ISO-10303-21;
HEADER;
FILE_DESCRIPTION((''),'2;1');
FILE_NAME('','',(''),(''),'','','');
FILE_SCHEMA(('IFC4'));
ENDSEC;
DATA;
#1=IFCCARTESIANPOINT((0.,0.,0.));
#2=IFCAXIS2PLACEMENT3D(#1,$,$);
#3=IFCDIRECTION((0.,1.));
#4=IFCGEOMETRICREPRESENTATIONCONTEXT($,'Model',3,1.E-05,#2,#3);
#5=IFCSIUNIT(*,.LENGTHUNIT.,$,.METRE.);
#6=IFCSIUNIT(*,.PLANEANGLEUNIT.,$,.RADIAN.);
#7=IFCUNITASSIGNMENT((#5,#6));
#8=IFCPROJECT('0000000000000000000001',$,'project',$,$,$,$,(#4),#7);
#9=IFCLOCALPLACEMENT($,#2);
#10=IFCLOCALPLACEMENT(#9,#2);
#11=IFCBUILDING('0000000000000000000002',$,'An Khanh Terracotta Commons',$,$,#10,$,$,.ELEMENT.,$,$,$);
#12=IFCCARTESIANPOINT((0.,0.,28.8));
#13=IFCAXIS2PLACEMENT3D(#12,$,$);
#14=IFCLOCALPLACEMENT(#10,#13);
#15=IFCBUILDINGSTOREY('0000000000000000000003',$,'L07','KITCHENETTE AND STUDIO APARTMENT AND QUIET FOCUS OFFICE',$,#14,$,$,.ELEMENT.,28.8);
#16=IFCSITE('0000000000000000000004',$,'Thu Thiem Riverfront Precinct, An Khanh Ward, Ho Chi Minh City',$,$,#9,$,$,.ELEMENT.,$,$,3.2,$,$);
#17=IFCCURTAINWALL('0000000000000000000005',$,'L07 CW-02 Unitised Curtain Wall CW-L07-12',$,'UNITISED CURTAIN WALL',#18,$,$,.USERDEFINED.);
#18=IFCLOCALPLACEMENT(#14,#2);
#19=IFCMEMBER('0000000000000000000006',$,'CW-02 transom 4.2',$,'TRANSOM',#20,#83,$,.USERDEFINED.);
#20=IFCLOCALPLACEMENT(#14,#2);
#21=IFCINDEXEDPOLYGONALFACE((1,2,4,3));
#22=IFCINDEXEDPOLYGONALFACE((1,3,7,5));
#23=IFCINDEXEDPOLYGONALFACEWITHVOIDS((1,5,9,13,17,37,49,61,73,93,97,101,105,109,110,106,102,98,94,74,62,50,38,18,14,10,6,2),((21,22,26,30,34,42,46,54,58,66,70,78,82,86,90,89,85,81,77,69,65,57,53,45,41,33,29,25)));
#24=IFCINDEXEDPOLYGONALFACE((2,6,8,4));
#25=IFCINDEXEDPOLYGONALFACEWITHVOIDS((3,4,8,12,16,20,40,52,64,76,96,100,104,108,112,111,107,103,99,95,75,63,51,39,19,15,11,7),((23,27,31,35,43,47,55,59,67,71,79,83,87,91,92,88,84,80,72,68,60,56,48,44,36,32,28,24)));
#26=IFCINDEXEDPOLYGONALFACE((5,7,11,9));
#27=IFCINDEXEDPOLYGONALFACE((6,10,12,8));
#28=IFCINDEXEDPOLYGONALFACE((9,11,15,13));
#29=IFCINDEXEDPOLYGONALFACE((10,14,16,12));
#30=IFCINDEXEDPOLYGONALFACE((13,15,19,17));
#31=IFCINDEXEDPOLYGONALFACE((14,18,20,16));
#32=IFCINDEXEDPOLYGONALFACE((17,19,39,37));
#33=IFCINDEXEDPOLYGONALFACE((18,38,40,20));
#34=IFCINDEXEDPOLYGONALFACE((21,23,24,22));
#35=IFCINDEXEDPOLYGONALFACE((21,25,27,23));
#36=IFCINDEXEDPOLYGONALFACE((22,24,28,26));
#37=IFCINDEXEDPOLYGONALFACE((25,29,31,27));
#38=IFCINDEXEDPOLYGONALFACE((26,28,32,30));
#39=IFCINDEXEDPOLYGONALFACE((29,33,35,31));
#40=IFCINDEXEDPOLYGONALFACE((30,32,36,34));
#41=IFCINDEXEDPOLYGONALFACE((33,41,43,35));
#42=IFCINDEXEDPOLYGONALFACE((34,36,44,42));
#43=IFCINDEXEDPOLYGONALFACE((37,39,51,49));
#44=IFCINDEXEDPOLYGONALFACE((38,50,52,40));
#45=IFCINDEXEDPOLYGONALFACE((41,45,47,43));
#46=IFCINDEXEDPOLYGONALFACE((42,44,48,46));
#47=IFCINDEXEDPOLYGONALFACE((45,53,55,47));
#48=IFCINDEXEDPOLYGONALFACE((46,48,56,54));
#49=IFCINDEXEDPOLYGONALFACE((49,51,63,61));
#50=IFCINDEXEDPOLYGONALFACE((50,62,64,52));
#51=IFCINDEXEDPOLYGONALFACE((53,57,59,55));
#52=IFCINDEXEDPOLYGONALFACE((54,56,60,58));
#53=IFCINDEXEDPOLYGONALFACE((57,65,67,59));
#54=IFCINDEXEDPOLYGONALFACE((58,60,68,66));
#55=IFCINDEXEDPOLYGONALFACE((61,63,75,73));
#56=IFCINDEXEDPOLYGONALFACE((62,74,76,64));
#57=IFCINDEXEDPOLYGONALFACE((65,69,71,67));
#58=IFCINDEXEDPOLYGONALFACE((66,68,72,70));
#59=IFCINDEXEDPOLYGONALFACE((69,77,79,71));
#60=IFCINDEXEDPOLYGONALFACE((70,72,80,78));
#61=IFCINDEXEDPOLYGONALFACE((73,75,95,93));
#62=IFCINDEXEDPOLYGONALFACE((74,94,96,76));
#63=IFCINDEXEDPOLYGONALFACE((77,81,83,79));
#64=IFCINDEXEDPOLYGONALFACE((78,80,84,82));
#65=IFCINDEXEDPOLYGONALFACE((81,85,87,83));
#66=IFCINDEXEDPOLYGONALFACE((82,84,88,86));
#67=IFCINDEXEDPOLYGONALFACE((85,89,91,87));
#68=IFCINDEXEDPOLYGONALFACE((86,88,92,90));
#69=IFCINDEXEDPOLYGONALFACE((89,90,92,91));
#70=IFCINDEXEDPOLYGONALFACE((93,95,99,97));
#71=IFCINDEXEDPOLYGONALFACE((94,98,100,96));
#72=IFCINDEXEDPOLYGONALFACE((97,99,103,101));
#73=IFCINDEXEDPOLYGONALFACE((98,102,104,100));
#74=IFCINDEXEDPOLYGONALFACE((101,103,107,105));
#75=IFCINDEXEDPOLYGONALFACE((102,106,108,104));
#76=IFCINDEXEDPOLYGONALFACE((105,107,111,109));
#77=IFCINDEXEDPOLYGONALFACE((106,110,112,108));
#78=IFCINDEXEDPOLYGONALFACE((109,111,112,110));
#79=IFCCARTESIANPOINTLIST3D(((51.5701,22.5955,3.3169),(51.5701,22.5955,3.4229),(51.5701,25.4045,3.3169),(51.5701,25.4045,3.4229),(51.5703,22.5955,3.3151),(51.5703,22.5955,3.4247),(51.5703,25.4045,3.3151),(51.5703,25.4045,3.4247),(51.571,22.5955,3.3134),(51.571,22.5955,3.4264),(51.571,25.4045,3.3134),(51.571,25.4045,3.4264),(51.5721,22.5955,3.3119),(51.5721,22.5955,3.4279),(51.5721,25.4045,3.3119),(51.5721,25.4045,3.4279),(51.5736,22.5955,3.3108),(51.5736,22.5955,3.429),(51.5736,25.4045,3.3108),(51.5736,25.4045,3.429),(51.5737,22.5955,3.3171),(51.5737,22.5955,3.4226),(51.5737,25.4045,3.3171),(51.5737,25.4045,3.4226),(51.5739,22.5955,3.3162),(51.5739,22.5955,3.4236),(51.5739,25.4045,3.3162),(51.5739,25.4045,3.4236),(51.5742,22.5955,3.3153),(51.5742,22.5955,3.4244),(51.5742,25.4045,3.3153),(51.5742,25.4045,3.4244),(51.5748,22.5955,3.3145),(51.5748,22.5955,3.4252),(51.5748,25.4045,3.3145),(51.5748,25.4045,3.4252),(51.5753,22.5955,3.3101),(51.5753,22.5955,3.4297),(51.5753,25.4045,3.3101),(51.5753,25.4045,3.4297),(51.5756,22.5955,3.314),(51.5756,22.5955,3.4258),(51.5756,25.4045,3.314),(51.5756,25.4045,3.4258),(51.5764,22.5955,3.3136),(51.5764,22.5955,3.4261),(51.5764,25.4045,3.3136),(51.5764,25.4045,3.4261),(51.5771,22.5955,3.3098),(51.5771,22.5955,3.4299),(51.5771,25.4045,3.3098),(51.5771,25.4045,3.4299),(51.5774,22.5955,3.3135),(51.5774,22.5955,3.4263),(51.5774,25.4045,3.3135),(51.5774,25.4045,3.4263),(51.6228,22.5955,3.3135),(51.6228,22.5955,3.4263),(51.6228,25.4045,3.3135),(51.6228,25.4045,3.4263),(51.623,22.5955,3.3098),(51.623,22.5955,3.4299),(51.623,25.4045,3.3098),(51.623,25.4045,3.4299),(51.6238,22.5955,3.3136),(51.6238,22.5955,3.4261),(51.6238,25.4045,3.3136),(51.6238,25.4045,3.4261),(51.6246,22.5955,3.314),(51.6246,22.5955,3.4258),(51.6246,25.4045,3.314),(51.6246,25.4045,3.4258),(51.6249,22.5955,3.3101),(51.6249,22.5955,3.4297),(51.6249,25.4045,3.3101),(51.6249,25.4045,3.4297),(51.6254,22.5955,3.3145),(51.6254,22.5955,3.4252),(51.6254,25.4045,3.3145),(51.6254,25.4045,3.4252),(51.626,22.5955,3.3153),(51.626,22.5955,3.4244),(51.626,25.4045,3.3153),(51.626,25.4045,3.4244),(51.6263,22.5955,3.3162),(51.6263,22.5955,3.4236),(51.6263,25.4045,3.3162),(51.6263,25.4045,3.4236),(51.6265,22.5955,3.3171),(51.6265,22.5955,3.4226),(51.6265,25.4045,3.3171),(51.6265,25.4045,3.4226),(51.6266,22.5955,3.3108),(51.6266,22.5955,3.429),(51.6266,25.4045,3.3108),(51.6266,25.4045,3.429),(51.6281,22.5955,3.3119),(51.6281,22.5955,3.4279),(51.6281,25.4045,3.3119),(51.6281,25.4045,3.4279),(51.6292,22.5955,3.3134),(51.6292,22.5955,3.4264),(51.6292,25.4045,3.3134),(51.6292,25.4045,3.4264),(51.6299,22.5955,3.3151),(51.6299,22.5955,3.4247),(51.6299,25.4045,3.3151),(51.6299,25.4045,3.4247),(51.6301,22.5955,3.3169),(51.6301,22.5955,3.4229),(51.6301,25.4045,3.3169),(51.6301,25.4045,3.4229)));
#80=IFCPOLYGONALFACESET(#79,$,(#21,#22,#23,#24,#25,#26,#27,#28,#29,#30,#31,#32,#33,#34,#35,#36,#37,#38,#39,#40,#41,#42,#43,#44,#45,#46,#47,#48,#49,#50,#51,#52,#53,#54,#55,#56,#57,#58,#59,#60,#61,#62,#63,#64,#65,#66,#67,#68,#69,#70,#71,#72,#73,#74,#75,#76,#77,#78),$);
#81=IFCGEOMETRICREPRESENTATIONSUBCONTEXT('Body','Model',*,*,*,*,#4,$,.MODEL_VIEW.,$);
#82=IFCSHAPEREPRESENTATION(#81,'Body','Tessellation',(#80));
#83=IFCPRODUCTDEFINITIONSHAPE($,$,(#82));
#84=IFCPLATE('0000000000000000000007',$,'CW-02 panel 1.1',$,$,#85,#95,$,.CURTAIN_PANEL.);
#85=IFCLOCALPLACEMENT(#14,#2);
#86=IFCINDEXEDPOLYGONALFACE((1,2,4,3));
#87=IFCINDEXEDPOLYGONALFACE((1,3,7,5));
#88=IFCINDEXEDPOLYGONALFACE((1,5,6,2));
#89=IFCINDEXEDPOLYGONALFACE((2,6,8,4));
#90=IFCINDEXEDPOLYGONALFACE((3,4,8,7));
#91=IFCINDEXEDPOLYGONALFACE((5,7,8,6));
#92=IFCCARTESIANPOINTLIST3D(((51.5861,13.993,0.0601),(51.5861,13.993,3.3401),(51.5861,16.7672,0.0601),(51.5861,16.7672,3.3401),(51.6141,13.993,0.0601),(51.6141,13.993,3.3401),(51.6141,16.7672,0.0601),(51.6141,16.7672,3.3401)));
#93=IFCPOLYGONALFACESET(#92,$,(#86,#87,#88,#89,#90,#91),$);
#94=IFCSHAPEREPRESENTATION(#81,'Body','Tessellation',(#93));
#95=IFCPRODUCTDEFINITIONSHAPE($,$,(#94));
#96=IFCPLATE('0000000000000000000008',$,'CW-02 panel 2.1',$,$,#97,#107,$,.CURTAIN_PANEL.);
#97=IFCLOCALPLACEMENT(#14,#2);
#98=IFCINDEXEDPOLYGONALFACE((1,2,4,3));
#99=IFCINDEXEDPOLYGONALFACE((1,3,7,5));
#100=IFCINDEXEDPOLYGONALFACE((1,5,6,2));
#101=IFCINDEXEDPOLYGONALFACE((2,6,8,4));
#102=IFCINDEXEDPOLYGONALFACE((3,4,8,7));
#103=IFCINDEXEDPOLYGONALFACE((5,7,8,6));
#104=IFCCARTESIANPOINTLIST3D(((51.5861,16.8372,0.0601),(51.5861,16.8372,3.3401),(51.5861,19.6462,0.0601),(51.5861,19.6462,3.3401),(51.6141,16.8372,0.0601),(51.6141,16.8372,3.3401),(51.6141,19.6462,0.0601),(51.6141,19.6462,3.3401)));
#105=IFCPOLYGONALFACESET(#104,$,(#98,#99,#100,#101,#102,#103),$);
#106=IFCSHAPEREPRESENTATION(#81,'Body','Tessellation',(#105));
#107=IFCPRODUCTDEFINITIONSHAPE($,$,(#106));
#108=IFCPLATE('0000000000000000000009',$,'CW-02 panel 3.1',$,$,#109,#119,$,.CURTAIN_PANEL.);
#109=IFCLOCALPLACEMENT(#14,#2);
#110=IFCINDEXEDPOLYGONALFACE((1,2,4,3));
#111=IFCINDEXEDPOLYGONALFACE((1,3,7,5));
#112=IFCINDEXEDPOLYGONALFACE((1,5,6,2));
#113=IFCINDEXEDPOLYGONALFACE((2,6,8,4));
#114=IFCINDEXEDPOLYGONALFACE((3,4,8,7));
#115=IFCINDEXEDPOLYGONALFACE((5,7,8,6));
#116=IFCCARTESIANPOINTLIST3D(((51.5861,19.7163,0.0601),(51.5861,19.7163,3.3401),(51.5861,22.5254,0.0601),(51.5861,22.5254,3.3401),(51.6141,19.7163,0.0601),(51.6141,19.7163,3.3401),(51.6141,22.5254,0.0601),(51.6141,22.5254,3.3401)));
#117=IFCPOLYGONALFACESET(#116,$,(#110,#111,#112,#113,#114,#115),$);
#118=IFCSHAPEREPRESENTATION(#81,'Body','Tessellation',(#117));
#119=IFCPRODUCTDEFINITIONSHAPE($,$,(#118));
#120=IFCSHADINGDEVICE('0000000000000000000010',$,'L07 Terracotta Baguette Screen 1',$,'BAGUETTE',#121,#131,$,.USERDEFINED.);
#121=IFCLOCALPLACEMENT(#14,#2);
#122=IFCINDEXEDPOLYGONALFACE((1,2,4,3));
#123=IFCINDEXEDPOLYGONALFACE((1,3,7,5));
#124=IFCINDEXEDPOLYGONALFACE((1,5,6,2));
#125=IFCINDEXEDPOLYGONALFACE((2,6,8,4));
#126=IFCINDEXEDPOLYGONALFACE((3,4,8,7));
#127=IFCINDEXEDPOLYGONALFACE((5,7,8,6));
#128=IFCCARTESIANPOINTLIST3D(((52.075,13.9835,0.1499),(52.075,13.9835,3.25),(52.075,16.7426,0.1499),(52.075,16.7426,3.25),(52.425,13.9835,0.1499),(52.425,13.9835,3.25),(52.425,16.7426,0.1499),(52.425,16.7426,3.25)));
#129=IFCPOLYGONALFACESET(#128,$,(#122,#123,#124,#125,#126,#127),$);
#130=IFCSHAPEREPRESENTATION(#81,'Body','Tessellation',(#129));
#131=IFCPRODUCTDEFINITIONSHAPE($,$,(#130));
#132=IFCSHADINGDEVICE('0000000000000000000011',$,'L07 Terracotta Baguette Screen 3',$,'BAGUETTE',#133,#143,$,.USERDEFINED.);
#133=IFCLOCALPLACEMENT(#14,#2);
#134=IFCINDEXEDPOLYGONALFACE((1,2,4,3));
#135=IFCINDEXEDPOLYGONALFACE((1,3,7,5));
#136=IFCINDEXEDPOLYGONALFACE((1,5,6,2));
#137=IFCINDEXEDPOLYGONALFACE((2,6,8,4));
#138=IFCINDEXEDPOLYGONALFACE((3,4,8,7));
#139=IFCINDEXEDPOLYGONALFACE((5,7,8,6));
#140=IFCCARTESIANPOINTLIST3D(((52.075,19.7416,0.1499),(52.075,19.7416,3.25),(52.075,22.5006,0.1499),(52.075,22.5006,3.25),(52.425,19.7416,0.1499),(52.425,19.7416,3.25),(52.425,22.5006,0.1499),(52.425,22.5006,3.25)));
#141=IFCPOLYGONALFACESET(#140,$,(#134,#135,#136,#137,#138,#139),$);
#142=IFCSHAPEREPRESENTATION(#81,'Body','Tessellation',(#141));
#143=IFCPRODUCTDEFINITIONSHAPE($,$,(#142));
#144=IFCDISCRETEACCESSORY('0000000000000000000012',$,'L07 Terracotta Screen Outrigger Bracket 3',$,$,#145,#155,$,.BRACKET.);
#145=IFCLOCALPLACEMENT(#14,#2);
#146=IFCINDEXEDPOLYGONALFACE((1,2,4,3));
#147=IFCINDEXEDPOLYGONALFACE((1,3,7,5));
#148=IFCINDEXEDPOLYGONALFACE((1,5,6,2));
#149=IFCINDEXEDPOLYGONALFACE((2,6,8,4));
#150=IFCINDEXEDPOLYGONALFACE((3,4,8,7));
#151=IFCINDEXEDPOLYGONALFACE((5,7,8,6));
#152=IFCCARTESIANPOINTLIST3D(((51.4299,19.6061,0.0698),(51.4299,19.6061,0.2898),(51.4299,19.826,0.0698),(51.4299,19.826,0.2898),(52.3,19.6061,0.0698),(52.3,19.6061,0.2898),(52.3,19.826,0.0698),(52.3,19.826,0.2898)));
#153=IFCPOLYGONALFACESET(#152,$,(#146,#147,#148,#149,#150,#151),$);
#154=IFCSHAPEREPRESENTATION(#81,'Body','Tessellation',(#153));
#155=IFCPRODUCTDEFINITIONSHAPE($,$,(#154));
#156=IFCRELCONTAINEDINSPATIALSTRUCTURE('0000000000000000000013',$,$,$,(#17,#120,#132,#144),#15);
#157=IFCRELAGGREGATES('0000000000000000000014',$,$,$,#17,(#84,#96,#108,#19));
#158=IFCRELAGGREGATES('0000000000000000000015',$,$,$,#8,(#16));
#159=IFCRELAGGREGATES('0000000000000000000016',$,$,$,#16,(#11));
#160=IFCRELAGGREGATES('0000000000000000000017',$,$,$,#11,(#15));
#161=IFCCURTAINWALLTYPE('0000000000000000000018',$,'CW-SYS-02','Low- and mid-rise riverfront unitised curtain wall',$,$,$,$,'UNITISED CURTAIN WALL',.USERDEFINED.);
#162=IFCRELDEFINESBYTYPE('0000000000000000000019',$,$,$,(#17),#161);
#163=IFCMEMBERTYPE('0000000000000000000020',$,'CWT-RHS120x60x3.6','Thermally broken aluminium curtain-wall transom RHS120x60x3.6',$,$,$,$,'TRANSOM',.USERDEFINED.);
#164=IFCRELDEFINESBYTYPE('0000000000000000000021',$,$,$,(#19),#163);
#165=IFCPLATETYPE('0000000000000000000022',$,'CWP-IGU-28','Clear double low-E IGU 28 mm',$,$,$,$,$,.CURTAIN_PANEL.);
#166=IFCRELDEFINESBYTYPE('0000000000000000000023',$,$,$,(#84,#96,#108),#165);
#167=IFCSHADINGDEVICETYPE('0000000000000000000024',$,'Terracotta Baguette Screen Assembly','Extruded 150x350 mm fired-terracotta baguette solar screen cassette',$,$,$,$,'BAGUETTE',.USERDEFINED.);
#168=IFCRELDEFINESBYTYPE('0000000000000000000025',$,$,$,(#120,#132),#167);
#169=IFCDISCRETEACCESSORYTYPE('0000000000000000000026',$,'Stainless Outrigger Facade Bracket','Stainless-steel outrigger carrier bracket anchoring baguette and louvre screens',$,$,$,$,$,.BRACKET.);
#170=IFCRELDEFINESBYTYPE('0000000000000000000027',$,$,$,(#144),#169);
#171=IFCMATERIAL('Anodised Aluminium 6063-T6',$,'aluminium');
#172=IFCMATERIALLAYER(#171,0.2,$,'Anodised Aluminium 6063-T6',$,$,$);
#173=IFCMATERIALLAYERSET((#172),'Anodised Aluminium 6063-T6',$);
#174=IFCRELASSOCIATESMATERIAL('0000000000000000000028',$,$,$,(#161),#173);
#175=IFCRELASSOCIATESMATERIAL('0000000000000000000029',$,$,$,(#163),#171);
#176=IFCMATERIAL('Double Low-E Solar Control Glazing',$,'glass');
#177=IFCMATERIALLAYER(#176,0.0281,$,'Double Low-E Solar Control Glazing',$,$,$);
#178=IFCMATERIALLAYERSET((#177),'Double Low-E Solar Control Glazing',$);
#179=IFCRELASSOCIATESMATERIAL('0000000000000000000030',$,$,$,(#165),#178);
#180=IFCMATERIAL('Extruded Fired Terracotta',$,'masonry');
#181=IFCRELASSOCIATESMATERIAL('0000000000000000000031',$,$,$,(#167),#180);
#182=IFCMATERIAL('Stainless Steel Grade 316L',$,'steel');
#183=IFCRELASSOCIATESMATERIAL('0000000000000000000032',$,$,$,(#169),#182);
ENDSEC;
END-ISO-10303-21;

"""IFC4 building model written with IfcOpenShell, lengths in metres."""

from ifc_helpers import new_model, si_unit, direction, frame, origin, origin_2d, place, context, subcontext, project, spatial, rectangle, hollow_rectangle, extrude, material, layer, layer_set, material_profile, profile_set, type_object, element, aggregate, save


model = new_model("IFC4")

# Units and contexts
model_context = context("Model", 3, precision=1e-05, world=origin(), true_north=direction((0.0, 1.0)))
body_context = subcontext(model_context, "Body", "Model", "MODEL_VIEW")
ifc_project = project(units=[si_unit("LENGTHUNIT", "METRE"), si_unit("PLANEANGLEUNIT", "RADIAN")], contexts=[model_context])

# Site, building, storey
site_placement = place(None, origin())
site = spatial("IfcSite", under=ifc_project, at=site_placement, Name="Thu Thiem Riverfront Precinct, An Khanh Ward, Ho Chi Minh City", CompositionType="ELEMENT", RefElevation=3.2)
building_placement = place(site_placement, origin())
building = spatial("IfcBuilding", under=site, at=building_placement, Name="An Khanh Terracotta Commons", CompositionType="ELEMENT")
storey_placement = place(building_placement, frame((0.0, 0.0, 28.8)))
storey = spatial("IfcBuildingStorey", under=building, at=storey_placement, Name="L07", Description="KITCHENETTE AND STUDIO APARTMENT AND QUIET FOCUS OFFICE", CompositionType="ELEMENT", Elevation=28.8)

# Curtain wall, member, plates
ifc_material_1 = material(Name="Anodised Aluminium 6063-T6", Category="aluminium")
ifc_layer_1 = layer(ifc_material_1, 0.2, Name="Anodised Aluminium 6063-T6")
ifc_layer_set_1 = layer_set([ifc_layer_1], Name="Anodised Aluminium 6063-T6")
curtain_wall_type = type_object("IfcCurtainWallType", Name="CW-SYS-02", Description="Low- and mid-rise riverfront unitised curtain wall", ElementType="UNITISED CURTAIN WALL", PredefinedType="USERDEFINED", material=ifc_layer_set_1)
curtain_wall_placement = place(storey_placement, origin())
curtain_wall = element("IfcCurtainWall", 1, at=curtain_wall_placement, inside=storey, type_object=curtain_wall_type, Name="L07 CW-02 Unitised Curtain Wall CW-L07-12", ObjectType="UNITISED CURTAIN WALL", PredefinedType="USERDEFINED")
ifc_material_profile_1 = material_profile(ifc_material_1, hollow_rectangle(XDim=0.0601, YDim=0.1201, WallThickness=0.0037, InnerFilletRadius=0.0037, OuterFilletRadius=0.0071, at=origin_2d()), Name="RHS120x60x3.6")
ifc_profile_set_1 = profile_set([ifc_material_profile_1], Name="Anodised Aluminium 6063-T6")
member_type_1 = type_object("IfcMemberType", Name="CWT-RHS120x60x3.6", Description="Thermally broken aluminium curtain-wall transom RHS120x60x3.6", ElementType="TRANSOM", PredefinedType="USERDEFINED", material=ifc_profile_set_1)
member_1_placement = place(storey_placement, frame((51.6001, 22.5955, 3.3699), z_axis=(0.0, 1.0, 0.0), x_axis=(-1.0, 0.0, 0.0)))
member_1 = element("IfcMember", 2, at=member_1_placement, type_object=member_type_1, Name="CW-02 transom 4.2", ObjectType="TRANSOM", PredefinedType="USERDEFINED", context=body_context, shape_type="SweptSolid", body=[
    extrude(hollow_rectangle(XDim=0.0601, YDim=0.1201, WallThickness=0.0037, InnerFilletRadius=0.0037, OuterFilletRadius=0.0071, at=origin_2d()), origin(), (0.0, 0.0, 1.0), 2.8091),
])
ifc_material_2 = material(Name="Double Low-E Solar Control Glazing", Category="glass")
ifc_layer_2 = layer(ifc_material_2, 0.0281, Name="Double Low-E Solar Control Glazing")
ifc_layer_set_2 = layer_set([ifc_layer_2], Name="Double Low-E Solar Control Glazing")
plate_type = type_object("IfcPlateType", Name="CWP-IGU-28", Description="Clear double low-E IGU 28 mm", PredefinedType="CURTAIN_PANEL", material=ifc_layer_set_2)
plate_1_placement = place(storey_placement, frame((51.6001, 15.3801, 0.0601), z_axis=(0.0, 0.0, 1.0), x_axis=(0.0, 1.0, 0.0)))
plate_1 = element("IfcPlate", 3, at=plate_1_placement, type_object=plate_type, Name="CW-02 panel 1.1", PredefinedType="CURTAIN_PANEL", context=body_context, shape_type="SweptSolid", body=[
    extrude(rectangle(XDim=2.7742, YDim=0.0281, at=origin_2d()), origin(), (0.0, 0.0, 1.0), 3.28),
])
plate_2_placement = place(storey_placement, frame((51.6001, 18.2417, 0.0601), z_axis=(0.0, 0.0, 1.0), x_axis=(0.0, 1.0, 0.0)))
plate_2 = element("IfcPlate", 4, at=plate_2_placement, type_object=plate_type, Name="CW-02 panel 2.1", PredefinedType="CURTAIN_PANEL", context=body_context, shape_type="SweptSolid", body=[
    extrude(rectangle(XDim=2.8091, YDim=0.0281, at=origin_2d()), origin(), (0.0, 0.0, 1.0), 3.28),
])
plate_3_placement = place(storey_placement, frame((51.6001, 21.1208, 0.0601), z_axis=(0.0, 0.0, 1.0), x_axis=(0.0, 1.0, 0.0)))
plate_3 = element("IfcPlate", 5, at=plate_3_placement, type_object=plate_type, Name="CW-02 panel 3.1", PredefinedType="CURTAIN_PANEL", context=body_context, shape_type="SweptSolid", body=[
    extrude(rectangle(XDim=2.8091, YDim=0.0281, at=origin_2d()), origin(), (0.0, 0.0, 1.0), 3.28),
])
aggregate(curtain_wall, [plate_1, plate_2, plate_3, member_1])

# Shading devices
ifc_material_3 = material(Name="Extruded Fired Terracotta", Category="masonry")
shading_device_type = type_object("IfcShadingDeviceType", Name="Terracotta Baguette Screen Assembly", Description="Extruded 150x350 mm fired-terracotta baguette solar screen cassette", ElementType="BAGUETTE", PredefinedType="USERDEFINED", material=ifc_material_3)
for number, where, z_axis, x_axis, name in (
    (6, (52.25, 15.363, 0.1499), (0.0, 0.0, 1.0), (0.0, 1.0, 0.0), "L07 Terracotta Baguette Screen 1"),
    (7, (52.25, 21.1211, 0.1499), (0.0, 0.0, 1.0), (0.0, 1.0, 0.0), "L07 Terracotta Baguette Screen 3"),
):
    element("IfcShadingDevice", number, at=place(storey_placement, frame(where, z_axis=z_axis, x_axis=x_axis)), inside=storey, type_object=shading_device_type, Name=name, ObjectType="BAGUETTE", PredefinedType="USERDEFINED", context=body_context, shape_type="SweptSolid", body=[
        extrude(rectangle(XDim=2.759, YDim=0.3501, at=origin_2d()), origin(), (0.0, 0.0, 1.0), 3.1001),
    ])

# Discrete accessory
ifc_material_4 = material(Name="Stainless Steel Grade 316L", Category="steel")
discrete_accessory_type = type_object("IfcDiscreteAccessoryType", Name="Stainless Outrigger Facade Bracket", Description="Stainless-steel outrigger carrier bracket anchoring baguette and louvre screens", PredefinedType="BRACKET", material=ifc_material_4)
discrete_accessory_placement = place(storey_placement, frame((51.865, 19.7161, 0.0698), z_axis=(0.0, 0.0, 1.0), x_axis=(0.0, 1.0, 0.0)))
element("IfcDiscreteAccessory", 8, at=discrete_accessory_placement, inside=storey, type_object=discrete_accessory_type, Name="L07 Terracotta Screen Outrigger Bracket 3", PredefinedType="BRACKET", context=body_context, shape_type="SweptSolid", body=[
    extrude(rectangle(XDim=0.22, YDim=0.8701, at=origin_2d()), origin(), (0.0, 0.0, 1.0), 0.22),
])

save(model, "model.ifc")
